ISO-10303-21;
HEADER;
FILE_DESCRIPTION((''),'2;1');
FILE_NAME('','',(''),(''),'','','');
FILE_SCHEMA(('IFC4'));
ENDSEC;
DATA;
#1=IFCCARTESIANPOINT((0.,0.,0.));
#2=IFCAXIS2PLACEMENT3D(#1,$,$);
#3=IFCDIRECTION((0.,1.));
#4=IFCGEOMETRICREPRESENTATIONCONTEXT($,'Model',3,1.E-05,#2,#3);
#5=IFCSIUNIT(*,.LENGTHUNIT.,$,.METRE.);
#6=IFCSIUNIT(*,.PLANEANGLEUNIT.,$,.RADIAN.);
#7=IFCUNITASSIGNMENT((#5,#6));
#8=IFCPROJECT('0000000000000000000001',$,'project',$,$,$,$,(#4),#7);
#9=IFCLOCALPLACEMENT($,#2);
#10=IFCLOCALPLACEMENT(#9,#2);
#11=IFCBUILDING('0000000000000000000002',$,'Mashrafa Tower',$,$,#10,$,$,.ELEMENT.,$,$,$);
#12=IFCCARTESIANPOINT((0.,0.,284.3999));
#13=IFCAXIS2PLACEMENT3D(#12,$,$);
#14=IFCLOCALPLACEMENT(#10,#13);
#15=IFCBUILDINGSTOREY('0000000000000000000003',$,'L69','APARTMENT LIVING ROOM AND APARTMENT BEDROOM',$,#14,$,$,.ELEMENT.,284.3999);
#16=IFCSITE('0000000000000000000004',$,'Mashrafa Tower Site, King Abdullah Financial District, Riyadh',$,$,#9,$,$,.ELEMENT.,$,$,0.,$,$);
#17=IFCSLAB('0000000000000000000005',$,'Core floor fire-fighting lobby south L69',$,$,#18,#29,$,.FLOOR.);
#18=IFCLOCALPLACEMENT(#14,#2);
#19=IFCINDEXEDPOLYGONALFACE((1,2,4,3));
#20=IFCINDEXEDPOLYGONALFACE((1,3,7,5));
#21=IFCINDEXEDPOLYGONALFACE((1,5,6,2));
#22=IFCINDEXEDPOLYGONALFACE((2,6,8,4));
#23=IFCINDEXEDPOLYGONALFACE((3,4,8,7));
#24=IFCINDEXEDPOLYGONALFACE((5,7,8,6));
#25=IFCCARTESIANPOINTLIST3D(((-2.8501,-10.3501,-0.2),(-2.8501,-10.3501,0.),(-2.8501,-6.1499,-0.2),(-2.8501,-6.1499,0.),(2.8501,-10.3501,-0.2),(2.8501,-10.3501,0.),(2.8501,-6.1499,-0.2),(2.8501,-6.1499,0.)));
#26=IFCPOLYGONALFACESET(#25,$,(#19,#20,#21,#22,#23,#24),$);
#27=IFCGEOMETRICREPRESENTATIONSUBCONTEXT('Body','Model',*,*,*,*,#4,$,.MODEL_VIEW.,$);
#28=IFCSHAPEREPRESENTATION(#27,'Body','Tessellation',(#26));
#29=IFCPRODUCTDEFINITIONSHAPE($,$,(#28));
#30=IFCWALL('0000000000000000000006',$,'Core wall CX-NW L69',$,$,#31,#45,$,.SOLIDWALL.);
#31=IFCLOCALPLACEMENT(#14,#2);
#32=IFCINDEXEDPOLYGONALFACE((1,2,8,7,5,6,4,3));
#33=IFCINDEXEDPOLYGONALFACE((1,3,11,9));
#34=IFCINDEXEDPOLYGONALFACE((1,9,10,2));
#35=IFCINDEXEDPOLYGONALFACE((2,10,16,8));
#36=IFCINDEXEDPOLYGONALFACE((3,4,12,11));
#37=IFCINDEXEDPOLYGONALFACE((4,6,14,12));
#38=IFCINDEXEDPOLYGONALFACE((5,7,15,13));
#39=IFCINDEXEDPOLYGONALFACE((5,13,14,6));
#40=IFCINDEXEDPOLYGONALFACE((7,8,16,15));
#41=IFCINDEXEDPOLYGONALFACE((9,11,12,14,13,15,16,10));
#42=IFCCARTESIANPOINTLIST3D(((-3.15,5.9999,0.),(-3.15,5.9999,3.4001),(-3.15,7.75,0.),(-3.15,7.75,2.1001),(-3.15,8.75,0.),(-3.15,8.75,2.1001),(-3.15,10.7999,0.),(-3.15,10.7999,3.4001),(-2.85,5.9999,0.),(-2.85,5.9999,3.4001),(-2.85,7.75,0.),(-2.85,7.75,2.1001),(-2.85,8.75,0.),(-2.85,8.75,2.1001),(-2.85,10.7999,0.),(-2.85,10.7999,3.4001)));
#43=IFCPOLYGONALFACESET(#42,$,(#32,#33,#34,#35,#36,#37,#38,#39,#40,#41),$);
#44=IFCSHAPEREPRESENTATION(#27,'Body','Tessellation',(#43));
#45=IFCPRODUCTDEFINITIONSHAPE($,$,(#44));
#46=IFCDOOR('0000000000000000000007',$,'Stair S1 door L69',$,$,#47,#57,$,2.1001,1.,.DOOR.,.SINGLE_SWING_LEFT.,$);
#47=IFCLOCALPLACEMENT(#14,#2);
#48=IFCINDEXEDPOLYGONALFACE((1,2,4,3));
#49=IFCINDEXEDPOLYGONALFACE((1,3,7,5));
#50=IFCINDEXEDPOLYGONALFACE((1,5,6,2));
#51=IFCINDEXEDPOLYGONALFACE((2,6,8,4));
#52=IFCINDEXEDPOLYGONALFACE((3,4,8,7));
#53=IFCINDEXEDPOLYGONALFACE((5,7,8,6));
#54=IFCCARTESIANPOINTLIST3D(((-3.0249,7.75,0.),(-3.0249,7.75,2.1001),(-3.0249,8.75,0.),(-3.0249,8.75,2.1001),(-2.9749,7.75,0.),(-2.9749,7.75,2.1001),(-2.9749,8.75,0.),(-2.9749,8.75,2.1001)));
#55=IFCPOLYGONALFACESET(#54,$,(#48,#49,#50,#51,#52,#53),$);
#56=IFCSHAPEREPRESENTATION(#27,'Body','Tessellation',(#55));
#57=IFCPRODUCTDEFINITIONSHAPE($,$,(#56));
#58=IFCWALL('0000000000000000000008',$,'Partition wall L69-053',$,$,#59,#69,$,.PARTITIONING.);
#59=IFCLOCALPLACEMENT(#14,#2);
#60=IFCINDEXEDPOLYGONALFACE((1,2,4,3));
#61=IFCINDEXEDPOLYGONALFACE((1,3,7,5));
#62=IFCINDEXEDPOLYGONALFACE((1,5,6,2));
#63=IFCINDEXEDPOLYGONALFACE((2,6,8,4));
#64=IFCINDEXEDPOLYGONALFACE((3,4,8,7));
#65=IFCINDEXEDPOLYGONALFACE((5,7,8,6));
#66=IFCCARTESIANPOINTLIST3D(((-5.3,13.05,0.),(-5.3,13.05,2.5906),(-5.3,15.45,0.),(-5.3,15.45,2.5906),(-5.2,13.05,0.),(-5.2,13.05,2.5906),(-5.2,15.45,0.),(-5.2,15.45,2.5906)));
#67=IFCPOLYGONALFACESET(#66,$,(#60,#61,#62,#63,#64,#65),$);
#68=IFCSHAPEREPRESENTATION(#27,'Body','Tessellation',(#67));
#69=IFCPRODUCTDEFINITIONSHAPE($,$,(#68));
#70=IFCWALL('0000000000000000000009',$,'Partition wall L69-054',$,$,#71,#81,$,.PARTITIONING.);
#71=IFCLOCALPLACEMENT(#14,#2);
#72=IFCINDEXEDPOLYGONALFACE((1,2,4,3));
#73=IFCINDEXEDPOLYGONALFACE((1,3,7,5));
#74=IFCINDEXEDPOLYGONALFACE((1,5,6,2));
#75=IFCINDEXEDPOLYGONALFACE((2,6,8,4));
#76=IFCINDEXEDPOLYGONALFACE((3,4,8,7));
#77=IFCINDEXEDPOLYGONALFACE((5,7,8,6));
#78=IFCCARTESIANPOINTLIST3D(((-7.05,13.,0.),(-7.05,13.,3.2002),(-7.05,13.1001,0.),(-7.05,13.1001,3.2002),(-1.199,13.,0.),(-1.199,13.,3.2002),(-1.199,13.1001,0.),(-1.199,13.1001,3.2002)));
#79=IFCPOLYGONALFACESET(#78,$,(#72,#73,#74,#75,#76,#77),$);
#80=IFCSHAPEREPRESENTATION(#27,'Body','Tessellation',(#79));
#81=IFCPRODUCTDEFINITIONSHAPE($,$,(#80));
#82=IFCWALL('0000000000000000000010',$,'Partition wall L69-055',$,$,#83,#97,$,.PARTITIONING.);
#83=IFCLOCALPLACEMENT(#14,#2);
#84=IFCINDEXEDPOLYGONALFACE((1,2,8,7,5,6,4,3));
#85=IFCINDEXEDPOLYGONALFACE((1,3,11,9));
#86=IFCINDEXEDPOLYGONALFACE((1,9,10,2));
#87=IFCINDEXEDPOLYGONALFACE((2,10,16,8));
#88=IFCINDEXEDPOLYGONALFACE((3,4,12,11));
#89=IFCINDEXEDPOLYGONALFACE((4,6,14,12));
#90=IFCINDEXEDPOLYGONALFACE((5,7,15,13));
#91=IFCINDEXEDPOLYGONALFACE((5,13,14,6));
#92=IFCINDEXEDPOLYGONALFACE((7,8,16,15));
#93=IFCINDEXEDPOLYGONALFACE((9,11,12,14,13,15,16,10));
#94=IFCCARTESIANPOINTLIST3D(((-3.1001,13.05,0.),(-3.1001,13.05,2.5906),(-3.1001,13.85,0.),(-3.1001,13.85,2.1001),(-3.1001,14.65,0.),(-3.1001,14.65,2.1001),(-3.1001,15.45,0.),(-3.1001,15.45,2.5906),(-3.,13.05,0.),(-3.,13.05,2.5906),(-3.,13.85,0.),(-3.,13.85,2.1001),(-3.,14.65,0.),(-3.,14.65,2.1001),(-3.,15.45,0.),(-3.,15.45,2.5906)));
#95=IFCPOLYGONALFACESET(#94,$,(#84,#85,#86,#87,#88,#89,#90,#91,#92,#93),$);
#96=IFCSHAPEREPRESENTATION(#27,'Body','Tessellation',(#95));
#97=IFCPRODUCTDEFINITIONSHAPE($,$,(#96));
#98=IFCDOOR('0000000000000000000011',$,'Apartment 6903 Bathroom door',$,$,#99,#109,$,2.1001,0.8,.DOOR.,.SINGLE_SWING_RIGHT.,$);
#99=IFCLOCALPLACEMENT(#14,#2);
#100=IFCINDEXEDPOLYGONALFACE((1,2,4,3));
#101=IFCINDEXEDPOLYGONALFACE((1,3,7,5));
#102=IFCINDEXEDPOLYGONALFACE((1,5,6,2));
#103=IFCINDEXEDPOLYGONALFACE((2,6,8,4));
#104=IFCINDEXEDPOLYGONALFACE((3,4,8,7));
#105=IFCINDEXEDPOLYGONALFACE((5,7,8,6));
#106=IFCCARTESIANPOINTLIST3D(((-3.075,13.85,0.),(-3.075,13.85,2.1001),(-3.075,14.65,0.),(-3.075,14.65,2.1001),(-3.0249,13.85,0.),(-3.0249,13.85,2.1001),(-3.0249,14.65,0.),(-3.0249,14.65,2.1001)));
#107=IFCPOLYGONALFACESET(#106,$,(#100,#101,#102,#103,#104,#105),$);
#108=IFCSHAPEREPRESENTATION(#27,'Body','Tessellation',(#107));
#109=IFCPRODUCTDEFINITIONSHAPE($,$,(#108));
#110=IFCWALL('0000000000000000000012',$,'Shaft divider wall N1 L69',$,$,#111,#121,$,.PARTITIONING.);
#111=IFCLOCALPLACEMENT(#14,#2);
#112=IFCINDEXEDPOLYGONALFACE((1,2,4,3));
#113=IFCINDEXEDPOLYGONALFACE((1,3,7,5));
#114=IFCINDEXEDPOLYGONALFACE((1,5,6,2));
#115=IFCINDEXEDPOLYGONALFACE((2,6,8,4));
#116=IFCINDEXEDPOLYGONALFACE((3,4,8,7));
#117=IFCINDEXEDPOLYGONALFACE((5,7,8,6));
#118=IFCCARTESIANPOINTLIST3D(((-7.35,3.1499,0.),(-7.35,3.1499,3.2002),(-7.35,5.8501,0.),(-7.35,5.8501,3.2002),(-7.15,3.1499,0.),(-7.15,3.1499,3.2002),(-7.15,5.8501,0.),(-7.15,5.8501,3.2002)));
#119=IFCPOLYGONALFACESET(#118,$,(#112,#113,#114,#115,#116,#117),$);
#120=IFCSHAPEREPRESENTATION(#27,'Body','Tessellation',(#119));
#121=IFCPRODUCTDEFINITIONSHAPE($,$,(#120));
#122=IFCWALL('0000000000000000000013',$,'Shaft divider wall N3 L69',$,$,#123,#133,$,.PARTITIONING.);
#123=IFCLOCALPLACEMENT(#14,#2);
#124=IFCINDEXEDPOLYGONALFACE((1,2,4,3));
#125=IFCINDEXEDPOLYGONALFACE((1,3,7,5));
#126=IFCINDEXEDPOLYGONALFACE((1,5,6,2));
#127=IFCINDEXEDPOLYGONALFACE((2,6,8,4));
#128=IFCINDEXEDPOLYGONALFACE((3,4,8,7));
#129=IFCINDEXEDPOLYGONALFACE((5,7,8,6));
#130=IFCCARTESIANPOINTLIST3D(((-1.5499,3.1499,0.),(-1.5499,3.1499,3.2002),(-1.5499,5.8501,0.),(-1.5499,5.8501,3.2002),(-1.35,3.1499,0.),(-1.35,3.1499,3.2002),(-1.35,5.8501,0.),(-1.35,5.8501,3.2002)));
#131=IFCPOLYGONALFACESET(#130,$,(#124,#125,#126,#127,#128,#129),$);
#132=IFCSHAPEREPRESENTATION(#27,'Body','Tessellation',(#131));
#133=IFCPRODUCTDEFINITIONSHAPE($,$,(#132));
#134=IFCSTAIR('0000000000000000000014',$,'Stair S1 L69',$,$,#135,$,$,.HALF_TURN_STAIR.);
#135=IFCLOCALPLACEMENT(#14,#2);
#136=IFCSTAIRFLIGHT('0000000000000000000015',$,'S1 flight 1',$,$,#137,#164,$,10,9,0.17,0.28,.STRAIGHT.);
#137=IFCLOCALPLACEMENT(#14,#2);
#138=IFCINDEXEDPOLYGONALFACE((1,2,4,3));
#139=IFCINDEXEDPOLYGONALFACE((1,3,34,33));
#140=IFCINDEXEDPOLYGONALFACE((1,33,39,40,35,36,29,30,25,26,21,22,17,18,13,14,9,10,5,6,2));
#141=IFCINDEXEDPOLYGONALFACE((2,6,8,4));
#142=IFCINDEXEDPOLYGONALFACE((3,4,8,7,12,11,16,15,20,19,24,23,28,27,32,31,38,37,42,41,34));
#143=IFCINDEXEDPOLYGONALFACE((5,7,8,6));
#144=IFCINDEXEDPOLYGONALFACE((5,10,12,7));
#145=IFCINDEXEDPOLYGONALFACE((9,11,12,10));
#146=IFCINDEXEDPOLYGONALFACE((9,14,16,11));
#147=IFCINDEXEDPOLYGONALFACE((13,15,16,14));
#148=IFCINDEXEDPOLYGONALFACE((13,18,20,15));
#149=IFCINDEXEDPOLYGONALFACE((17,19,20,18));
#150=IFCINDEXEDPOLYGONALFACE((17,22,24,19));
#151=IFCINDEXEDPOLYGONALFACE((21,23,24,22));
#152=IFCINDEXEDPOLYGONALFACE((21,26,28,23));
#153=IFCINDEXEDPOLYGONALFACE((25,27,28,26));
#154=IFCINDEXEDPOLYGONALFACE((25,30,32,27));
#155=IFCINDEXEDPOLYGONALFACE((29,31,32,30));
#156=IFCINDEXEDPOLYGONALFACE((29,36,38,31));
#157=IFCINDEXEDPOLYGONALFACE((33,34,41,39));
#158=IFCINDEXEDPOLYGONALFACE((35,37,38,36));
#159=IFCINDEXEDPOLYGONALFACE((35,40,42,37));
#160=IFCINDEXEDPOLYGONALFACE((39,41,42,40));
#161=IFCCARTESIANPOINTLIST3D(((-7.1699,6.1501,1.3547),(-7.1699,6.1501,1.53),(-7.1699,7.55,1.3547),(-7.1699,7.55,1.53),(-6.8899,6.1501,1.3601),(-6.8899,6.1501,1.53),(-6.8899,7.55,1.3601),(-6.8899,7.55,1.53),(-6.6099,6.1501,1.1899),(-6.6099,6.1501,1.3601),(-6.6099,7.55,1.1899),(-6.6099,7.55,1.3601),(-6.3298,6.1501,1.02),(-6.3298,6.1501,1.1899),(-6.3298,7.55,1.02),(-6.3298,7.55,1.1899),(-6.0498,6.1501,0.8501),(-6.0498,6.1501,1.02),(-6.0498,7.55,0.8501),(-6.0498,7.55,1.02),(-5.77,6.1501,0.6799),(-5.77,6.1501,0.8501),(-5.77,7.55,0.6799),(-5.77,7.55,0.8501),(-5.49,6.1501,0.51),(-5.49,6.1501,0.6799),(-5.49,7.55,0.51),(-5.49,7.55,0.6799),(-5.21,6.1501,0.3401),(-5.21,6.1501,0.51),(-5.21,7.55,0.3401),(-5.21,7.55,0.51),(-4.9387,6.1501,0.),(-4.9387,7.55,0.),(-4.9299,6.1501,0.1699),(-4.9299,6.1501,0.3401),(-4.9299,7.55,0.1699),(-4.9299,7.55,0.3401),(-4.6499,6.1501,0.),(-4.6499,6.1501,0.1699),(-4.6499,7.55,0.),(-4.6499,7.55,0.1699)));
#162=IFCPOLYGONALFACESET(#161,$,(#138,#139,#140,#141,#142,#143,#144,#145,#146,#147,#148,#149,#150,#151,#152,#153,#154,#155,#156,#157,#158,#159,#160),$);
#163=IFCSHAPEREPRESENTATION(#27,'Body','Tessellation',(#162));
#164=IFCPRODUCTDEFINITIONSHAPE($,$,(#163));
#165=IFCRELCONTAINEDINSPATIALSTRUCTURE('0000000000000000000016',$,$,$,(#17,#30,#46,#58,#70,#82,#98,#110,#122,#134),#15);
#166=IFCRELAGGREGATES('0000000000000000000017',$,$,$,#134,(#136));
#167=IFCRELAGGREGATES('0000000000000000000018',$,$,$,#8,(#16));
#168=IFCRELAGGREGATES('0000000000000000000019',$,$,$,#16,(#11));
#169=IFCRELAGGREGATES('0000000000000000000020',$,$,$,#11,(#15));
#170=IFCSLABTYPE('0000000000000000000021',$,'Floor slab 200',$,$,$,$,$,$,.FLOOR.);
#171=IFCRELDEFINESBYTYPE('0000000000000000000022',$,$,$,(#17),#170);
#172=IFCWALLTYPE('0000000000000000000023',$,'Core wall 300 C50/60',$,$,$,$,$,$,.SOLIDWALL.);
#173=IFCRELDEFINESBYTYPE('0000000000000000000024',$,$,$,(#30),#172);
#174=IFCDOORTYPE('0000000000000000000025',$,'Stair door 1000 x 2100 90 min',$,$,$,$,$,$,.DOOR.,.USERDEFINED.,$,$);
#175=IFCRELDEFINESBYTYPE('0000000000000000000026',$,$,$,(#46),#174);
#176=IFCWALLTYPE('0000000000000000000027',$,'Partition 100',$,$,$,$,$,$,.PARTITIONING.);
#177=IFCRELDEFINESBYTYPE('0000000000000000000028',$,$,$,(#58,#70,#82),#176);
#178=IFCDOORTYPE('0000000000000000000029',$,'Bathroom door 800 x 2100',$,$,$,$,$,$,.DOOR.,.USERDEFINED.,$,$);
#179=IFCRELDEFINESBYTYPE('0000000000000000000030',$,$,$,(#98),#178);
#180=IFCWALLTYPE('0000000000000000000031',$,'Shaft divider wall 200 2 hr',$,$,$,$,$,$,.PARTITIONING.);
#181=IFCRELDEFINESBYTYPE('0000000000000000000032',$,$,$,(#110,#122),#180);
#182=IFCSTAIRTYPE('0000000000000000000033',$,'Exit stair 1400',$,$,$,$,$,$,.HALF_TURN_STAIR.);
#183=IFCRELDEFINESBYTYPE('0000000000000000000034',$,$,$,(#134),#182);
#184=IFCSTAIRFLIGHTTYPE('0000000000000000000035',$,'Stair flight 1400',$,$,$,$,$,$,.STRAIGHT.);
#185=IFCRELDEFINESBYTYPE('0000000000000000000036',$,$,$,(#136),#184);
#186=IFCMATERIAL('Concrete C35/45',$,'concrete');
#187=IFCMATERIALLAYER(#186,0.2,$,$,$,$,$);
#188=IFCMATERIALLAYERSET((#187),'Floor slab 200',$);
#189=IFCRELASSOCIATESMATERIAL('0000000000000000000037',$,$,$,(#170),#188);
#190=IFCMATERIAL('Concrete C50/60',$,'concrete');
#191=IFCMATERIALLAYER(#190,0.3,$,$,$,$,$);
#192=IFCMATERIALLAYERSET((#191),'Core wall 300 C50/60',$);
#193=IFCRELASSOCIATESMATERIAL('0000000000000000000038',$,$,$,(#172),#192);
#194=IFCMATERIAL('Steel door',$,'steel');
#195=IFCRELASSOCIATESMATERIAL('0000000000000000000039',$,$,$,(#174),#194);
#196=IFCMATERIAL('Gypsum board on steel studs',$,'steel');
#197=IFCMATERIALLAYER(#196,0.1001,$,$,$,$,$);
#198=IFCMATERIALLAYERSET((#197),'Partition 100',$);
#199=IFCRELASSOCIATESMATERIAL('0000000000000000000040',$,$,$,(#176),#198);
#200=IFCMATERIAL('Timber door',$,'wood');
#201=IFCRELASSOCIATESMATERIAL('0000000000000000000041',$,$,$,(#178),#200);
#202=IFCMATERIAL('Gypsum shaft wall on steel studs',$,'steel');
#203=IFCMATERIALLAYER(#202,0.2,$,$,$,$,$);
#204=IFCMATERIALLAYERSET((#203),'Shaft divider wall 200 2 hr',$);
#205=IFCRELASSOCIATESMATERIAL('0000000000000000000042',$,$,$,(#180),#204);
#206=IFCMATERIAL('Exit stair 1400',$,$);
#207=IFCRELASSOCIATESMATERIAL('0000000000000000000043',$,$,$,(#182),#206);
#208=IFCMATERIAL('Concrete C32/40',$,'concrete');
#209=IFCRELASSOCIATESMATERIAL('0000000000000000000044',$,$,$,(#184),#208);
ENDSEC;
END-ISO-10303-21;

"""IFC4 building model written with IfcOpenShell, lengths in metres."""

from ifc_helpers import new_model, si_unit, direction, frame, frame_2d, origin, place, context, subcontext, project, spatial, polyline, rectangle, outline, extrude, material, layer, layer_set, type_object, element, fill, aggregate, save


model = new_model("IFC4")

# Units and contexts
model_context = context("Model", 3, precision=1e-05, world=origin(), true_north=direction((0.0, 1.0)))
body_context = subcontext(model_context, "Body", "Model", "MODEL_VIEW")
ifc_project = project(units=[si_unit("LENGTHUNIT", "METRE"), si_unit("PLANEANGLEUNIT", "RADIAN")], contexts=[model_context])

# Site, building, storey
site_placement = place(None, origin())
site = spatial("IfcSite", under=ifc_project, at=site_placement, Name="Mashrafa Tower Site, King Abdullah Financial District, Riyadh", CompositionType="ELEMENT", RefElevation=0.0)
building_placement = place(site_placement, origin())
building = spatial("IfcBuilding", under=site, at=building_placement, Name="Mashrafa Tower", CompositionType="ELEMENT")
storey_placement = place(building_placement, frame((0.0, 0.0, 284.3999)))
storey = spatial("IfcBuildingStorey", under=building, at=storey_placement, Name="L69", Description="APARTMENT LIVING ROOM AND APARTMENT BEDROOM", CompositionType="ELEMENT", Elevation=284.3999)

# Slab
ifc_material_1 = material(Name="Concrete C35/45", Category="concrete")
ifc_layer_1 = layer(ifc_material_1, 0.2)
ifc_layer_set_1 = layer_set([ifc_layer_1], Name="Floor slab 200")
slab_type = type_object("IfcSlabType", Name="Floor slab 200", PredefinedType="FLOOR", material=ifc_layer_set_1)
slab_1_placement = place(storey_placement, frame((0.0, 0.0, -0.2)))
element("IfcSlab", 1, at=slab_1_placement, inside=storey, type_object=slab_type, Name="Core floor fire-fighting lobby south L69", PredefinedType="FLOOR", context=body_context, shape_type="SweptSolid", body=[
    extrude(outline(polyline([(2.8501, -6.1499), (2.8501, -10.3501), (-2.8501, -10.3501), (-2.8501, -6.1499), (2.8501, -6.1499)])), origin(), (0.0, 0.0, 1.0), 0.2),
])

# Wall, opening, door
ifc_material_2 = material(Name="Concrete C50/60", Category="concrete")
ifc_layer_2 = layer(ifc_material_2, 0.3)
ifc_layer_set_2 = layer_set([ifc_layer_2], Name="Core wall 300 C50/60")
wall_type_1 = type_object("IfcWallType", Name="Core wall 300 C50/60", PredefinedType="SOLIDWALL", material=ifc_layer_set_2)
wall_1_placement = place(storey_placement, frame((-3.0, 6.0, 0.0), z_axis=(0.0, 0.0, 1.0), x_axis=(0.0, 1.0, 0.0)))
wall_1 = element("IfcWall", 2, at=wall_1_placement, inside=storey, type_object=wall_type_1, Name="Core wall CX-NW L69", PredefinedType="SOLIDWALL", context=body_context, shape_type="SweptSolid", body=[
    extrude(rectangle(XDim=4.8, YDim=0.3, at=frame_2d((2.3999, 0.0))), origin(), (0.0, 0.0, 1.0), 3.4001),
])
opening_1_placement = place(wall_1_placement, frame((1.75, 0.0, 0.0)))
opening_1 = element("IfcOpeningElement", 3, at=opening_1_placement, cuts=wall_1, PredefinedType="OPENING", context=body_context, shape_type="SweptSolid", body=[
    extrude(rectangle(XDim=1.0, YDim=2.1001, at=frame_2d((0.5, 1.05))), frame((0.0, 0.1599, 0.0), z_axis=(0.0, -1.0, 0.0), x_axis=(1.0, 0.0, 0.0)), (0.0, 0.0, 1.0), 0.3201),
])
ifc_material_3 = material(Name="Steel door", Category="steel")
door_type_1 = type_object("IfcDoorType", Name="Stair door 1000 x 2100 90 min", OperationType="USERDEFINED", PredefinedType="DOOR", material=ifc_material_3)
door_1_placement = place(opening_1_placement, origin())
door_1 = element("IfcDoor", 4, at=door_1_placement, inside=storey, type_object=door_type_1, Name="Stair S1 door L69", OperationType="SINGLE_SWING_LEFT", OverallHeight=2.1001, OverallWidth=1.0, PredefinedType="DOOR", context=body_context, shape_type="SweptSolid", body=[
    extrude(rectangle(XDim=1.0, YDim=2.1001, at=frame_2d((0.5, 1.05))), frame((0.0, 0.0249, 0.0), z_axis=(0.0, -1.0, 0.0), x_axis=(1.0, 0.0, 0.0)), (0.0, 0.0, 1.0), 0.05),
])
fill(opening_1, door_1)

# Walls
ifc_material_4 = material(Name="Gypsum board on steel studs", Category="steel")
ifc_layer_3 = layer(ifc_material_4, 0.1001)
ifc_layer_set_3 = layer_set([ifc_layer_3], Name="Partition 100")
wall_type_2 = type_object("IfcWallType", Name="Partition 100", PredefinedType="PARTITIONING", material=ifc_layer_set_3)
wall_2_placement = place(storey_placement, frame((-5.25, 13.05, 0.0), z_axis=(0.0, 0.0, 1.0), x_axis=(0.0, 1.0, 0.0)))
element("IfcWall", 5, at=wall_2_placement, inside=storey, type_object=wall_type_2, Name="Partition wall L69-053", PredefinedType="PARTITIONING", context=body_context, shape_type="SweptSolid", body=[
    extrude(rectangle(XDim=2.3999, YDim=0.1001, at=frame_2d((1.2, 0.0))), origin(), (0.0, 0.0, 1.0), 2.5906),
])
wall_3_placement = place(storey_placement, frame((-7.05, 13.05, 0.0), z_axis=(0.0, 0.0, 1.0), x_axis=(1.0, 0.0, 0.0)))
element("IfcWall", 6, at=wall_3_placement, inside=storey, type_object=wall_type_2, Name="Partition wall L69-054", PredefinedType="PARTITIONING", context=body_context, shape_type="SweptSolid", body=[
    extrude(rectangle(XDim=5.8511, YDim=0.1001, at=frame_2d((2.9255, 0.0))), origin(), (0.0, 0.0, 1.0), 3.2002),
])

# Wall, opening, door
wall_4_placement = place(storey_placement, frame((-3.05, 13.05, 0.0), z_axis=(0.0, 0.0, 1.0), x_axis=(0.0, 1.0, 0.0)))
wall_4 = element("IfcWall", 7, at=wall_4_placement, inside=storey, type_object=wall_type_2, Name="Partition wall L69-055", PredefinedType="PARTITIONING", context=body_context, shape_type="SweptSolid", body=[
    extrude(rectangle(XDim=2.3999, YDim=0.1001, at=frame_2d((1.2, 0.0))), origin(), (0.0, 0.0, 1.0), 2.5906),
])
opening_2_placement = place(wall_4_placement, frame((0.8, 0.0, 0.0)))
opening_2 = element("IfcOpeningElement", 8, at=opening_2_placement, cuts=wall_4, PredefinedType="OPENING", context=body_context, shape_type="SweptSolid", body=[
    extrude(rectangle(XDim=0.8, YDim=2.1001, at=frame_2d((0.3999, 1.05))), frame((0.0, 0.0601, 0.0), z_axis=(0.0, -1.0, 0.0), x_axis=(1.0, 0.0, 0.0)), (0.0, 0.0, 1.0), 0.1201),
])
ifc_material_5 = material(Name="Timber door", Category="wood")
door_type_2 = type_object("IfcDoorType", Name="Bathroom door 800 x 2100", OperationType="USERDEFINED", PredefinedType="DOOR", material=ifc_material_5)
door_2_placement = place(opening_2_placement, origin())
door_2 = element("IfcDoor", 9, at=door_2_placement, inside=storey, type_object=door_type_2, Name="Apartment 6903 Bathroom door", OperationType="SINGLE_SWING_RIGHT", OverallHeight=2.1001, OverallWidth=0.8, PredefinedType="DOOR", context=body_context, shape_type="SweptSolid", body=[
    extrude(rectangle(XDim=0.8, YDim=2.1001, at=frame_2d((0.3999, 1.05))), frame((0.0, 0.0249, 0.0), z_axis=(0.0, -1.0, 0.0), x_axis=(1.0, 0.0, 0.0)), (0.0, 0.0, 1.0), 0.05),
])
fill(opening_2, door_2)

# Walls
ifc_material_6 = material(Name="Gypsum shaft wall on steel studs", Category="steel")
ifc_layer_4 = layer(ifc_material_6, 0.2)
ifc_layer_set_4 = layer_set([ifc_layer_4], Name="Shaft divider wall 200 2 hr")
wall_type_3 = type_object("IfcWallType", Name="Shaft divider wall 200 2 hr", PredefinedType="PARTITIONING", material=ifc_layer_set_4)
for number, where, z_axis, x_axis, name in (
    (10, (-7.25, 3.1499, 0.0), (0.0, 0.0, 1.0), (0.0, 1.0, 0.0), "Shaft divider wall N1 L69"),
    (11, (-1.45, 3.1499, 0.0), (0.0, 0.0, 1.0), (0.0, 1.0, 0.0), "Shaft divider wall N3 L69"),
):
    element("IfcWall", number, at=place(storey_placement, frame(where, z_axis=z_axis, x_axis=x_axis)), inside=storey, type_object=wall_type_3, Name=name, PredefinedType="PARTITIONING", context=body_context, shape_type="SweptSolid", body=[
        extrude(rectangle(XDim=2.7002, YDim=0.2, at=frame_2d((1.3501, 0.0))), origin(), (0.0, 0.0, 1.0), 3.2002),
    ])

# Stair, stair flight
ifc_material_7 = material(Name="Exit stair 1400")
stair_type = type_object("IfcStairType", Name="Exit stair 1400", PredefinedType="HALF_TURN_STAIR", material=ifc_material_7)
stair_placement = place(storey_placement, origin())
stair = element("IfcStair", 12, at=stair_placement, inside=storey, type_object=stair_type, Name="Stair S1 L69", PredefinedType="HALF_TURN_STAIR")
ifc_material_8 = material(Name="Concrete C32/40", Category="concrete")
stair_flight_type = type_object("IfcStairFlightType", Name="Stair flight 1400", PredefinedType="STRAIGHT", material=ifc_material_8)
stair_flight_1_placement = place(storey_placement, frame((-4.6499, 6.8501, 0.0), z_axis=(0.0, 0.0, 1.0), x_axis=(-1.0, 0.0, 0.0)))
stair_flight_1 = element("IfcStairFlight", 13, at=stair_flight_1_placement, type_object=stair_flight_type, Name="S1 flight 1", NumberOfRisers=10, NumberOfTreads=9, PredefinedType="STRAIGHT", RiserHeight=0.17, TreadLength=0.28, context=body_context, shape_type="SweptSolid", body=[
    extrude(outline(polyline([(0.0, 0.0), (0.0, 0.1699), (0.28, 0.1699), (0.28, 0.3401), (0.5601, 0.3401), (0.5601, 0.51), (0.8401, 0.51), (0.8401, 0.6799), (1.1201, 0.6799), (1.1201, 0.8501), (1.3999, 0.8501), (1.3999, 1.02), (1.6799, 1.02), (1.6799, 1.1899), (1.96, 1.1899), (1.96, 1.3601), (2.24, 1.3601), (2.24, 1.53), (2.52, 1.53), (2.52, 1.7), (2.52, 1.3547), (0.2888, 0.0), (0.0, 0.0)])), frame((0.0, 0.7, 0.0), z_axis=(0.0, -1.0, 0.0), x_axis=(1.0, 0.0, 0.0)), (0.0, 0.0, 1.0), 1.3999),
])
aggregate(stair, [stair_flight_1])

save(model, "model.ifc")
